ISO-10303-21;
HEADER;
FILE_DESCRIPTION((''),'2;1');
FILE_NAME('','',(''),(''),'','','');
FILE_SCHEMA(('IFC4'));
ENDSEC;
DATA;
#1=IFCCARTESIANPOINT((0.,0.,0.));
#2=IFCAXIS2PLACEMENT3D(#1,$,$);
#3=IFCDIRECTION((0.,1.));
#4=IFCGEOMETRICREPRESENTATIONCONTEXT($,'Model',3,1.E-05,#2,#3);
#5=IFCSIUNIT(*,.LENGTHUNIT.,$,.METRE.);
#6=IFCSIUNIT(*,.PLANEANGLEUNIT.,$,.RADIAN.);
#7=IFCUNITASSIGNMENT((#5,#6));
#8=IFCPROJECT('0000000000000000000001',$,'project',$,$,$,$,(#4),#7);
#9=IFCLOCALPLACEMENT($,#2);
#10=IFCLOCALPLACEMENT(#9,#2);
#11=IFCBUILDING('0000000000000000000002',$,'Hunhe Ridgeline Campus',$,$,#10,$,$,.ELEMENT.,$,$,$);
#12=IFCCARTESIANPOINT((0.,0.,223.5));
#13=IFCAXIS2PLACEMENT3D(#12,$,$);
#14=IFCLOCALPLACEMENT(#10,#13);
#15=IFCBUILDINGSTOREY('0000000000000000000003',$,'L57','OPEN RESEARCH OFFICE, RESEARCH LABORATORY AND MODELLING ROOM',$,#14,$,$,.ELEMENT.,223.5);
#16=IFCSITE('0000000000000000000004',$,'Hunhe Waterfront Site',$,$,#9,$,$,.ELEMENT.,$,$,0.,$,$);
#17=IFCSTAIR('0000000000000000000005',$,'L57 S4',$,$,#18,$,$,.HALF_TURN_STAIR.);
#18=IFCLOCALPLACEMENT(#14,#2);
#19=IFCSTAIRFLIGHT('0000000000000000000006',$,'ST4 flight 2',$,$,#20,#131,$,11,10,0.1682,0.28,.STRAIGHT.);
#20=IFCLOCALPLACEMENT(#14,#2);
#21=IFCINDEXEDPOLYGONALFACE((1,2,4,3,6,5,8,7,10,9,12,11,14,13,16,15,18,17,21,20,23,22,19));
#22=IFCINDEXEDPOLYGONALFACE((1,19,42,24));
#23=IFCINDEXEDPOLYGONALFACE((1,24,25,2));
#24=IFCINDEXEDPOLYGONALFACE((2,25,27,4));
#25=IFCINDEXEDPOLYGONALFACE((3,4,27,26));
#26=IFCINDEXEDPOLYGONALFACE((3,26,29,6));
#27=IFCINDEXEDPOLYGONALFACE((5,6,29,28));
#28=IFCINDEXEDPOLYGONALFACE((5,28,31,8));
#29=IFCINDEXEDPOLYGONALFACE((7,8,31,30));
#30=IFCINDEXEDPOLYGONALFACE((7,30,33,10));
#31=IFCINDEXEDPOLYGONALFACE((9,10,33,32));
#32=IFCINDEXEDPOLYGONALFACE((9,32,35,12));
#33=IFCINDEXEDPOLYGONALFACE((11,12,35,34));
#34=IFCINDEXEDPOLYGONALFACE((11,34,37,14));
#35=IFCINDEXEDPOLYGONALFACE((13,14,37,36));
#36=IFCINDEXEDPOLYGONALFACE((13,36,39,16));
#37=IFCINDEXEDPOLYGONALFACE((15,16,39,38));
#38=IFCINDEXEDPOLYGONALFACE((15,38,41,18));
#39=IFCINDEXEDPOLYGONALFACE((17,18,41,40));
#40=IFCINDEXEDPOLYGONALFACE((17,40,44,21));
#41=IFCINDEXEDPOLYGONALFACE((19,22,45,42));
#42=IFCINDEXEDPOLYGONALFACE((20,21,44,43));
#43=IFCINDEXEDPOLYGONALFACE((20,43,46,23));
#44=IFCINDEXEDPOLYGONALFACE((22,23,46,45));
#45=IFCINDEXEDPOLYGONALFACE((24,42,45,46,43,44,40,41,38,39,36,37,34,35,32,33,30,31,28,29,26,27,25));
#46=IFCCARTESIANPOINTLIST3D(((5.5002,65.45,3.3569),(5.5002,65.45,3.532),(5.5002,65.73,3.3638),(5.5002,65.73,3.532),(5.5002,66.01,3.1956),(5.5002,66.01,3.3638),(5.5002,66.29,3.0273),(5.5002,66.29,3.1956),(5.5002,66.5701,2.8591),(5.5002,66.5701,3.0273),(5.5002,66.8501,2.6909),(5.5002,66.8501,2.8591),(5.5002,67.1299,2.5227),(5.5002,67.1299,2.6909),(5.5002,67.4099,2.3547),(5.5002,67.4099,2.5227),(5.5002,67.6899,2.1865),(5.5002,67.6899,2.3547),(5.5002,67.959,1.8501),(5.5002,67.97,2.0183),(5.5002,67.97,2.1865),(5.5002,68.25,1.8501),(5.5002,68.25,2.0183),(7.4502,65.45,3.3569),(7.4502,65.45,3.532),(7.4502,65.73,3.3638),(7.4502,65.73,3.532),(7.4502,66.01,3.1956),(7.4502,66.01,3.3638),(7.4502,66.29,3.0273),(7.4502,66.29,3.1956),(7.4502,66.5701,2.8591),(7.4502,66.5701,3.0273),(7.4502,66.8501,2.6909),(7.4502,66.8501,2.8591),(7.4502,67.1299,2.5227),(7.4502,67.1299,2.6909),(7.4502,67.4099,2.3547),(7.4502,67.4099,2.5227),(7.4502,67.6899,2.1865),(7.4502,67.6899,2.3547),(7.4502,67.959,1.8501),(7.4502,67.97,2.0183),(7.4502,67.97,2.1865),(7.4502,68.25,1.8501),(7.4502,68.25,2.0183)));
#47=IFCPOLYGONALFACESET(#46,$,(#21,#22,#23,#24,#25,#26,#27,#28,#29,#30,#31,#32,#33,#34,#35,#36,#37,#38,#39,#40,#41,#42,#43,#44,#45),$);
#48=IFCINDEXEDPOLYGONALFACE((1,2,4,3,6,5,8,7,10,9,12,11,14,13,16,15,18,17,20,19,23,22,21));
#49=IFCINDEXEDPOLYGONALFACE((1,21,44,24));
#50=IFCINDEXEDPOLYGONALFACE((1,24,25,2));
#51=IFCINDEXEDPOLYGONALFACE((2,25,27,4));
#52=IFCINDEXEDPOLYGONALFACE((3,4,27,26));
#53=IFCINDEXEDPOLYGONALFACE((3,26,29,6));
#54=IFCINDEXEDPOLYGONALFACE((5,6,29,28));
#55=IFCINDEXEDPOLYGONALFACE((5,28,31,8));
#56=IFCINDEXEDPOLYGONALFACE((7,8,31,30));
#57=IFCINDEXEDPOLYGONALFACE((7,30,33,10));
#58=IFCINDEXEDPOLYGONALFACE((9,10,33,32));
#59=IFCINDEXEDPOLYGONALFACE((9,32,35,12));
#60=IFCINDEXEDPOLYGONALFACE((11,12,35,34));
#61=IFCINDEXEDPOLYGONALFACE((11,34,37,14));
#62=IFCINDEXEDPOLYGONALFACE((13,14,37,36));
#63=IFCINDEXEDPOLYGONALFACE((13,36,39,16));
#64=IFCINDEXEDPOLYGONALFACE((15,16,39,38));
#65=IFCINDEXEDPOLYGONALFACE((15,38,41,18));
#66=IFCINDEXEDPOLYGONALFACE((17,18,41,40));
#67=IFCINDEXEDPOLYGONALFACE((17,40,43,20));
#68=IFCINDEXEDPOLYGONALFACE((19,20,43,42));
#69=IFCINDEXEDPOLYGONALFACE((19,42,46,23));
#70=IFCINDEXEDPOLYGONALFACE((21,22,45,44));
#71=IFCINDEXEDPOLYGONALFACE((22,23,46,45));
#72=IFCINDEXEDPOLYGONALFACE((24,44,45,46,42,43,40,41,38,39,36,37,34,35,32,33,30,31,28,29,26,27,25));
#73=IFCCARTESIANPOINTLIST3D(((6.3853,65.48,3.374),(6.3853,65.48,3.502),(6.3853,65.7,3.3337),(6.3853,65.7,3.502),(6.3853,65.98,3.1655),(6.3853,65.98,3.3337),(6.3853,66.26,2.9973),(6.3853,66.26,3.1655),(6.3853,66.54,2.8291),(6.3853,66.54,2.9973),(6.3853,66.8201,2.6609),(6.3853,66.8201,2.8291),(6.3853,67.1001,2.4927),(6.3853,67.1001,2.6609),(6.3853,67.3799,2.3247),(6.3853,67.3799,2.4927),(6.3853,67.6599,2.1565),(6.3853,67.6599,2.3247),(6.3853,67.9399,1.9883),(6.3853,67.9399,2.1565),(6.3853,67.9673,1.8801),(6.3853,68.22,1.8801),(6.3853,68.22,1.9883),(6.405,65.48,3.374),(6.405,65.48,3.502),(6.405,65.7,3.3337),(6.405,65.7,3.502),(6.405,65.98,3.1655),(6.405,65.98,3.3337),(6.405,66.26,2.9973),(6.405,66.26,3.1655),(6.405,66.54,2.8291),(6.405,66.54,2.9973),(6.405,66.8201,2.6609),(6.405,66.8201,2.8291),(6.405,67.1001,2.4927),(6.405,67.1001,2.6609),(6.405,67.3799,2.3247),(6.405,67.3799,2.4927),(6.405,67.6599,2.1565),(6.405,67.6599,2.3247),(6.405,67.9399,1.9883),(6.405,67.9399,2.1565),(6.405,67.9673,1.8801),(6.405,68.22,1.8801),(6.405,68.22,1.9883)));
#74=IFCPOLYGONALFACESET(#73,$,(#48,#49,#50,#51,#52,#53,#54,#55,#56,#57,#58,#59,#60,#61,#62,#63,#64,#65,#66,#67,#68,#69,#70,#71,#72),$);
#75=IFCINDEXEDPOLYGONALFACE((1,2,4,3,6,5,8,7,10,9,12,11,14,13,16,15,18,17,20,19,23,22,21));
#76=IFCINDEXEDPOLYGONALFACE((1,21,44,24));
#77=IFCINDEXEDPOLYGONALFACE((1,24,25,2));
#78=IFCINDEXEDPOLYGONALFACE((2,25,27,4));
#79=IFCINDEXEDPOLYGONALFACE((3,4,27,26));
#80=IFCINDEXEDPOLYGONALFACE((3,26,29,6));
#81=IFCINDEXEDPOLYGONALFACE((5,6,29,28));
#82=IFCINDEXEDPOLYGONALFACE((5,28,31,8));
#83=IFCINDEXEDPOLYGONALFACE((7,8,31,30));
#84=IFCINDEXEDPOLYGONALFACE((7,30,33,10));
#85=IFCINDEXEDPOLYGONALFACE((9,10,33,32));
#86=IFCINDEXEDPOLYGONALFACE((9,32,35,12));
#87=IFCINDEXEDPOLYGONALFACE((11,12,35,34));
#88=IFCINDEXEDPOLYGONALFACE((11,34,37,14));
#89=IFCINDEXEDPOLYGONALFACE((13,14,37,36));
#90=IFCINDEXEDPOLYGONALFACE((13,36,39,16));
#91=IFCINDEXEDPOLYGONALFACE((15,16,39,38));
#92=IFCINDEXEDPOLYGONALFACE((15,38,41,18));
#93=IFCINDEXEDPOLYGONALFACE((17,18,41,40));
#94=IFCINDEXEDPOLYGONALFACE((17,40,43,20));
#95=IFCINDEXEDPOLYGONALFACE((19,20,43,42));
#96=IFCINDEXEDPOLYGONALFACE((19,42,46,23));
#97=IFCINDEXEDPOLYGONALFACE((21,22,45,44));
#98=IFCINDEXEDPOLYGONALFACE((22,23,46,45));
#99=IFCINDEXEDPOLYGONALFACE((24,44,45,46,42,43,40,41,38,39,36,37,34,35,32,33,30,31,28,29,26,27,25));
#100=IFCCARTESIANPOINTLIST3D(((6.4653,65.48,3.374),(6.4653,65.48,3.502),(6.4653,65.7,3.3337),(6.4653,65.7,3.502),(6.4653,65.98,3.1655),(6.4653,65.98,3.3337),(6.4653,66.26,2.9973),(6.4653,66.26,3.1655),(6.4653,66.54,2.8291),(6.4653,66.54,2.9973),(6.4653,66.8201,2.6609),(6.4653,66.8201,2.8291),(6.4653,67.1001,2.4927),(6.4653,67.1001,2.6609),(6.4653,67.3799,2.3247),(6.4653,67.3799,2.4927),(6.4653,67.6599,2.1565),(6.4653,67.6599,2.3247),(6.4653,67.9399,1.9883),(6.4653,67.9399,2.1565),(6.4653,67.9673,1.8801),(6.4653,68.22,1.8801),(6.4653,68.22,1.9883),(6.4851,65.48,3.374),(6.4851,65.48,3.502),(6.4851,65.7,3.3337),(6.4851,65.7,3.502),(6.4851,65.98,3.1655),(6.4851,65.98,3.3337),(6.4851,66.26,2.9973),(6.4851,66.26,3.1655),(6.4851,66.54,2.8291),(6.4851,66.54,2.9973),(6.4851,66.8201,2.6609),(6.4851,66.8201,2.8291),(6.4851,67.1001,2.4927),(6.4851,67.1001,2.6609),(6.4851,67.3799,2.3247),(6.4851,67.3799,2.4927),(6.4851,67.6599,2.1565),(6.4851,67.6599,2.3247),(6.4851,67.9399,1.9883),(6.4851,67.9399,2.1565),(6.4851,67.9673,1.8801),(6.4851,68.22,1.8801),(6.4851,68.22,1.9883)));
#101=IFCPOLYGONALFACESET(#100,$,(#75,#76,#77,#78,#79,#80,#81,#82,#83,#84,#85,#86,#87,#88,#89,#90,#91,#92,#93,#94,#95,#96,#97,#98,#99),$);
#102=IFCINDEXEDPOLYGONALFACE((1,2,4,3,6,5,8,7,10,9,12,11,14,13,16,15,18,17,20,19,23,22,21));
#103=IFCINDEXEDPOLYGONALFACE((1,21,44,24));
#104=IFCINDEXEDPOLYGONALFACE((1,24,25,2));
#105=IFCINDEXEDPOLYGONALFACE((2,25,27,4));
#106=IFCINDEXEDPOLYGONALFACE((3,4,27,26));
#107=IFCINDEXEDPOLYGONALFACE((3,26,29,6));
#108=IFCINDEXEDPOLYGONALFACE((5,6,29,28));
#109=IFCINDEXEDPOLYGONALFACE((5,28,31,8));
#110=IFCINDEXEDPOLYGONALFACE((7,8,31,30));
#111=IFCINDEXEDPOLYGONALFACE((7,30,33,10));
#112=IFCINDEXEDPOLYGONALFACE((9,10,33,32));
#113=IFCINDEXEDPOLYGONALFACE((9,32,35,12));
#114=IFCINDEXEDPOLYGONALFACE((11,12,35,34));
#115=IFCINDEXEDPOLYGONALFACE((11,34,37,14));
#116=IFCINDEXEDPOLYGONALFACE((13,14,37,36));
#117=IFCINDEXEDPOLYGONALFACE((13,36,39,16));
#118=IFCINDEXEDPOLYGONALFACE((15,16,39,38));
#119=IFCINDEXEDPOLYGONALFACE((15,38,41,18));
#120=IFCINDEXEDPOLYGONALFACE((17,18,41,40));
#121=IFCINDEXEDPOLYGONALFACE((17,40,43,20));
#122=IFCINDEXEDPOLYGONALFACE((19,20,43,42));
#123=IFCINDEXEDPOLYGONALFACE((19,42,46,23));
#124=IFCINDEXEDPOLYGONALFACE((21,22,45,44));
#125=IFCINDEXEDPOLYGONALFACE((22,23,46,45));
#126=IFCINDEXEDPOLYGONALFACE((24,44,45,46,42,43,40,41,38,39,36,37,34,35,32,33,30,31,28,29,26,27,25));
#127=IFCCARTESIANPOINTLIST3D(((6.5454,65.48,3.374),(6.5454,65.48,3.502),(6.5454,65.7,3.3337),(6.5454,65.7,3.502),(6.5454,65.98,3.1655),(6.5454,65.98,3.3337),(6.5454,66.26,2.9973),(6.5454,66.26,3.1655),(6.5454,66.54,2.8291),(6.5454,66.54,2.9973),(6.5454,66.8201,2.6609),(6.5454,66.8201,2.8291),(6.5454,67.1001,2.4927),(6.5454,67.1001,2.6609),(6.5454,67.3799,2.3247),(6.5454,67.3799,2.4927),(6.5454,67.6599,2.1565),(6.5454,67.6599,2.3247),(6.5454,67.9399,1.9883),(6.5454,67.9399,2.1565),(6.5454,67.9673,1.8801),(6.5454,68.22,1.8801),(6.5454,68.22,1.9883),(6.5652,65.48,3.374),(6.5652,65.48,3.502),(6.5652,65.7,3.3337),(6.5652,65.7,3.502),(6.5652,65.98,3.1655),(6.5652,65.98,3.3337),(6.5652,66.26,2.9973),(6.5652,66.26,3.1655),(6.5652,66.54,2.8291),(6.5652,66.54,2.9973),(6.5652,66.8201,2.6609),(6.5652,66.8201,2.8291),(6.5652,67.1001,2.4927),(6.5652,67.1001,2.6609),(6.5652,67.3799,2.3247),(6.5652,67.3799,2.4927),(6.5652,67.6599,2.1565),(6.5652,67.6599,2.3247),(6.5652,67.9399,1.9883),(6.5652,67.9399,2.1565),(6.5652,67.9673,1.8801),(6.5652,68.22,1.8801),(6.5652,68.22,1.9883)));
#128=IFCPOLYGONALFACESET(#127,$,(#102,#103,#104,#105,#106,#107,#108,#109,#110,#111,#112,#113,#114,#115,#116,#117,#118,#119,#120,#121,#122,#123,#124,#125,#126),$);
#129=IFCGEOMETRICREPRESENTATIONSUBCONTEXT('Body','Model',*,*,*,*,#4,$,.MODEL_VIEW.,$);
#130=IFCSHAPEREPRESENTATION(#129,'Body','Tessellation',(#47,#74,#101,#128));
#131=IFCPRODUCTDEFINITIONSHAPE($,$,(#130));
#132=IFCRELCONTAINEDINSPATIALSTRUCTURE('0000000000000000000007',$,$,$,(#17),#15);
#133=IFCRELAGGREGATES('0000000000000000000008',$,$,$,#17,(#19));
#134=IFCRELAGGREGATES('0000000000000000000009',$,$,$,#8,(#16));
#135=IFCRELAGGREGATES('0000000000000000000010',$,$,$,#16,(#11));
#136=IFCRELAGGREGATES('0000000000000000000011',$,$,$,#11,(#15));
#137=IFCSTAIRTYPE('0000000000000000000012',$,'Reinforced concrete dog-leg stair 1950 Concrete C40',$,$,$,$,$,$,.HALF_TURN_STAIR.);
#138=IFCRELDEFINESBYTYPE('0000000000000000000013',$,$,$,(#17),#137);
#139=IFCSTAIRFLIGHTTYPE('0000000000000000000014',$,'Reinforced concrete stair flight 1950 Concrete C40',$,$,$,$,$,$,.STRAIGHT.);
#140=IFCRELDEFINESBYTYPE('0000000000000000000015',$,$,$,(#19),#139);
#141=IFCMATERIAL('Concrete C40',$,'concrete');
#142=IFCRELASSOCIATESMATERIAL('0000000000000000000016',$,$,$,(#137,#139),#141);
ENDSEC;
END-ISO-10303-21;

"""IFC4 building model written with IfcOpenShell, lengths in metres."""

from ifc_helpers import new_model, si_unit, direction, frame, origin, place, context, subcontext, project, spatial, polyline, outline, extrude, material, type_object, element, aggregate, save


model = new_model("IFC4")

# Units and contexts
model_context = context("Model", 3, precision=1e-05, world=origin(), true_north=direction((0.0, 1.0)))
body_context = subcontext(model_context, "Body", "Model", "MODEL_VIEW")
ifc_project = project(units=[si_unit("LENGTHUNIT", "METRE"), si_unit("PLANEANGLEUNIT", "RADIAN")], contexts=[model_context])

# Site, building, storey
site_placement = place(None, origin())
site = spatial("IfcSite", under=ifc_project, at=site_placement, Name="Hunhe Waterfront Site", CompositionType="ELEMENT", RefElevation=0.0)
building_placement = place(site_placement, origin())
building = spatial("IfcBuilding", under=site, at=building_placement, Name="Hunhe Ridgeline Campus", CompositionType="ELEMENT")
storey_placement = place(building_placement, frame((0.0, 0.0, 223.5)))
storey = spatial("IfcBuildingStorey", under=building, at=storey_placement, Name="L57", Description="OPEN RESEARCH OFFICE, RESEARCH LABORATORY AND MODELLING ROOM", CompositionType="ELEMENT", Elevation=223.5)

# Stair, stair flight
ifc_material_1 = material(Name="Concrete C40", Category="concrete")
stair_type = type_object("IfcStairType", Name="Reinforced concrete dog-leg stair 1950 Concrete C40", PredefinedType="HALF_TURN_STAIR", material=ifc_material_1)
stair_flight_type = type_object("IfcStairFlightType", Name="Reinforced concrete stair flight 1950 Concrete C40", PredefinedType="STRAIGHT", material=ifc_material_1)
stair_1_placement = place(storey_placement, origin())
stair_1 = element("IfcStair", 1, at=stair_1_placement, inside=storey, type_object=stair_type, Name="L57 S4", PredefinedType="HALF_TURN_STAIR")
stair_flight_1_placement = place(storey_placement, frame((6.4751, 68.25, 1.8501), z_axis=(0.0, 0.0, 1.0), x_axis=(0.0, -1.0, 0.0)))
stair_flight_1 = element("IfcStairFlight", 2, at=stair_flight_1_placement, type_object=stair_flight_type, Name="ST4 flight 2", NumberOfRisers=11, NumberOfTreads=10, PredefinedType="STRAIGHT", RiserHeight=0.1682, TreadLength=0.28, context=body_context, shape_type="SweptSolid", body=[
    extrude(outline(polyline([(0.0, 0.0), (0.0, 0.1682), (0.28, 0.1682), (0.28, 0.3364), (0.5601, 0.3364), (0.5601, 0.5046), (0.8401, 0.5046), (0.8401, 0.6726), (1.1201, 0.6726), (1.1201, 0.8408), (1.3999, 0.8408), (1.3999, 1.009), (1.6799, 1.009), (1.6799, 1.1772), (1.96, 1.1772), (1.96, 1.3455), (2.24, 1.3455), (2.24, 1.5137), (2.52, 1.5137), (2.52, 1.6819), (2.8, 1.6819), (2.8, 1.8501), (2.8, 1.5068), (0.291, 0.0), (0.0, 0.0)])), frame((0.0, 0.9751, 0.0), z_axis=(0.0, -1.0, 0.0), x_axis=(1.0, 0.0, 0.0)), (0.0, 0.0, 1.0), 1.95),
    extrude(outline(polyline([(0.03, 0.03), (0.03, 0.1382), (0.3101, 0.1382), (0.3101, 0.3064), (0.5901, 0.3064), (0.5901, 0.4746), (0.8701, 0.4746), (0.8701, 0.6426), (1.1499, 0.6426), (1.1499, 0.8108), (1.4299, 0.8108), (1.4299, 0.979), (1.71, 0.979), (1.71, 1.1472), (1.99, 1.1472), (1.99, 1.3154), (2.27, 1.3154), (2.27, 1.4836), (2.55, 1.4836), (2.55, 1.6519), (2.77, 1.6519), (2.77, 1.5239), (0.2827, 0.03), (0.03, 0.03)])), frame((0.0, -0.0701, 0.0), z_axis=(0.0, -1.0, 0.0), x_axis=(1.0, 0.0, 0.0)), (0.0, 0.0, 1.0), 0.0198),
    extrude(outline(polyline([(0.03, 0.03), (0.03, 0.1382), (0.3101, 0.1382), (0.3101, 0.3064), (0.5901, 0.3064), (0.5901, 0.4746), (0.8701, 0.4746), (0.8701, 0.6426), (1.1499, 0.6426), (1.1499, 0.8108), (1.4299, 0.8108), (1.4299, 0.979), (1.71, 0.979), (1.71, 1.1472), (1.99, 1.1472), (1.99, 1.3154), (2.27, 1.3154), (2.27, 1.4836), (2.55, 1.4836), (2.55, 1.6519), (2.77, 1.6519), (2.77, 1.5239), (0.2827, 0.03), (0.03, 0.03)])), frame((0.0, 0.01, 0.0), z_axis=(0.0, -1.0, 0.0), x_axis=(1.0, 0.0, 0.0)), (0.0, 0.0, 1.0), 0.0198),
    extrude(outline(polyline([(0.03, 0.03), (0.03, 0.1382), (0.3101, 0.1382), (0.3101, 0.3064), (0.5901, 0.3064), (0.5901, 0.4746), (0.8701, 0.4746), (0.8701, 0.6426), (1.1499, 0.6426), (1.1499, 0.8108), (1.4299, 0.8108), (1.4299, 0.979), (1.71, 0.979), (1.71, 1.1472), (1.99, 1.1472), (1.99, 1.3154), (2.27, 1.3154), (2.27, 1.4836), (2.55, 1.4836), (2.55, 1.6519), (2.77, 1.6519), (2.77, 1.5239), (0.2827, 0.03), (0.03, 0.03)])), frame((0.0, 0.0901, 0.0), z_axis=(0.0, -1.0, 0.0), x_axis=(1.0, 0.0, 0.0)), (0.0, 0.0, 1.0), 0.0198),
])
aggregate(stair_1, [stair_flight_1])

save(model, "model.ifc")
